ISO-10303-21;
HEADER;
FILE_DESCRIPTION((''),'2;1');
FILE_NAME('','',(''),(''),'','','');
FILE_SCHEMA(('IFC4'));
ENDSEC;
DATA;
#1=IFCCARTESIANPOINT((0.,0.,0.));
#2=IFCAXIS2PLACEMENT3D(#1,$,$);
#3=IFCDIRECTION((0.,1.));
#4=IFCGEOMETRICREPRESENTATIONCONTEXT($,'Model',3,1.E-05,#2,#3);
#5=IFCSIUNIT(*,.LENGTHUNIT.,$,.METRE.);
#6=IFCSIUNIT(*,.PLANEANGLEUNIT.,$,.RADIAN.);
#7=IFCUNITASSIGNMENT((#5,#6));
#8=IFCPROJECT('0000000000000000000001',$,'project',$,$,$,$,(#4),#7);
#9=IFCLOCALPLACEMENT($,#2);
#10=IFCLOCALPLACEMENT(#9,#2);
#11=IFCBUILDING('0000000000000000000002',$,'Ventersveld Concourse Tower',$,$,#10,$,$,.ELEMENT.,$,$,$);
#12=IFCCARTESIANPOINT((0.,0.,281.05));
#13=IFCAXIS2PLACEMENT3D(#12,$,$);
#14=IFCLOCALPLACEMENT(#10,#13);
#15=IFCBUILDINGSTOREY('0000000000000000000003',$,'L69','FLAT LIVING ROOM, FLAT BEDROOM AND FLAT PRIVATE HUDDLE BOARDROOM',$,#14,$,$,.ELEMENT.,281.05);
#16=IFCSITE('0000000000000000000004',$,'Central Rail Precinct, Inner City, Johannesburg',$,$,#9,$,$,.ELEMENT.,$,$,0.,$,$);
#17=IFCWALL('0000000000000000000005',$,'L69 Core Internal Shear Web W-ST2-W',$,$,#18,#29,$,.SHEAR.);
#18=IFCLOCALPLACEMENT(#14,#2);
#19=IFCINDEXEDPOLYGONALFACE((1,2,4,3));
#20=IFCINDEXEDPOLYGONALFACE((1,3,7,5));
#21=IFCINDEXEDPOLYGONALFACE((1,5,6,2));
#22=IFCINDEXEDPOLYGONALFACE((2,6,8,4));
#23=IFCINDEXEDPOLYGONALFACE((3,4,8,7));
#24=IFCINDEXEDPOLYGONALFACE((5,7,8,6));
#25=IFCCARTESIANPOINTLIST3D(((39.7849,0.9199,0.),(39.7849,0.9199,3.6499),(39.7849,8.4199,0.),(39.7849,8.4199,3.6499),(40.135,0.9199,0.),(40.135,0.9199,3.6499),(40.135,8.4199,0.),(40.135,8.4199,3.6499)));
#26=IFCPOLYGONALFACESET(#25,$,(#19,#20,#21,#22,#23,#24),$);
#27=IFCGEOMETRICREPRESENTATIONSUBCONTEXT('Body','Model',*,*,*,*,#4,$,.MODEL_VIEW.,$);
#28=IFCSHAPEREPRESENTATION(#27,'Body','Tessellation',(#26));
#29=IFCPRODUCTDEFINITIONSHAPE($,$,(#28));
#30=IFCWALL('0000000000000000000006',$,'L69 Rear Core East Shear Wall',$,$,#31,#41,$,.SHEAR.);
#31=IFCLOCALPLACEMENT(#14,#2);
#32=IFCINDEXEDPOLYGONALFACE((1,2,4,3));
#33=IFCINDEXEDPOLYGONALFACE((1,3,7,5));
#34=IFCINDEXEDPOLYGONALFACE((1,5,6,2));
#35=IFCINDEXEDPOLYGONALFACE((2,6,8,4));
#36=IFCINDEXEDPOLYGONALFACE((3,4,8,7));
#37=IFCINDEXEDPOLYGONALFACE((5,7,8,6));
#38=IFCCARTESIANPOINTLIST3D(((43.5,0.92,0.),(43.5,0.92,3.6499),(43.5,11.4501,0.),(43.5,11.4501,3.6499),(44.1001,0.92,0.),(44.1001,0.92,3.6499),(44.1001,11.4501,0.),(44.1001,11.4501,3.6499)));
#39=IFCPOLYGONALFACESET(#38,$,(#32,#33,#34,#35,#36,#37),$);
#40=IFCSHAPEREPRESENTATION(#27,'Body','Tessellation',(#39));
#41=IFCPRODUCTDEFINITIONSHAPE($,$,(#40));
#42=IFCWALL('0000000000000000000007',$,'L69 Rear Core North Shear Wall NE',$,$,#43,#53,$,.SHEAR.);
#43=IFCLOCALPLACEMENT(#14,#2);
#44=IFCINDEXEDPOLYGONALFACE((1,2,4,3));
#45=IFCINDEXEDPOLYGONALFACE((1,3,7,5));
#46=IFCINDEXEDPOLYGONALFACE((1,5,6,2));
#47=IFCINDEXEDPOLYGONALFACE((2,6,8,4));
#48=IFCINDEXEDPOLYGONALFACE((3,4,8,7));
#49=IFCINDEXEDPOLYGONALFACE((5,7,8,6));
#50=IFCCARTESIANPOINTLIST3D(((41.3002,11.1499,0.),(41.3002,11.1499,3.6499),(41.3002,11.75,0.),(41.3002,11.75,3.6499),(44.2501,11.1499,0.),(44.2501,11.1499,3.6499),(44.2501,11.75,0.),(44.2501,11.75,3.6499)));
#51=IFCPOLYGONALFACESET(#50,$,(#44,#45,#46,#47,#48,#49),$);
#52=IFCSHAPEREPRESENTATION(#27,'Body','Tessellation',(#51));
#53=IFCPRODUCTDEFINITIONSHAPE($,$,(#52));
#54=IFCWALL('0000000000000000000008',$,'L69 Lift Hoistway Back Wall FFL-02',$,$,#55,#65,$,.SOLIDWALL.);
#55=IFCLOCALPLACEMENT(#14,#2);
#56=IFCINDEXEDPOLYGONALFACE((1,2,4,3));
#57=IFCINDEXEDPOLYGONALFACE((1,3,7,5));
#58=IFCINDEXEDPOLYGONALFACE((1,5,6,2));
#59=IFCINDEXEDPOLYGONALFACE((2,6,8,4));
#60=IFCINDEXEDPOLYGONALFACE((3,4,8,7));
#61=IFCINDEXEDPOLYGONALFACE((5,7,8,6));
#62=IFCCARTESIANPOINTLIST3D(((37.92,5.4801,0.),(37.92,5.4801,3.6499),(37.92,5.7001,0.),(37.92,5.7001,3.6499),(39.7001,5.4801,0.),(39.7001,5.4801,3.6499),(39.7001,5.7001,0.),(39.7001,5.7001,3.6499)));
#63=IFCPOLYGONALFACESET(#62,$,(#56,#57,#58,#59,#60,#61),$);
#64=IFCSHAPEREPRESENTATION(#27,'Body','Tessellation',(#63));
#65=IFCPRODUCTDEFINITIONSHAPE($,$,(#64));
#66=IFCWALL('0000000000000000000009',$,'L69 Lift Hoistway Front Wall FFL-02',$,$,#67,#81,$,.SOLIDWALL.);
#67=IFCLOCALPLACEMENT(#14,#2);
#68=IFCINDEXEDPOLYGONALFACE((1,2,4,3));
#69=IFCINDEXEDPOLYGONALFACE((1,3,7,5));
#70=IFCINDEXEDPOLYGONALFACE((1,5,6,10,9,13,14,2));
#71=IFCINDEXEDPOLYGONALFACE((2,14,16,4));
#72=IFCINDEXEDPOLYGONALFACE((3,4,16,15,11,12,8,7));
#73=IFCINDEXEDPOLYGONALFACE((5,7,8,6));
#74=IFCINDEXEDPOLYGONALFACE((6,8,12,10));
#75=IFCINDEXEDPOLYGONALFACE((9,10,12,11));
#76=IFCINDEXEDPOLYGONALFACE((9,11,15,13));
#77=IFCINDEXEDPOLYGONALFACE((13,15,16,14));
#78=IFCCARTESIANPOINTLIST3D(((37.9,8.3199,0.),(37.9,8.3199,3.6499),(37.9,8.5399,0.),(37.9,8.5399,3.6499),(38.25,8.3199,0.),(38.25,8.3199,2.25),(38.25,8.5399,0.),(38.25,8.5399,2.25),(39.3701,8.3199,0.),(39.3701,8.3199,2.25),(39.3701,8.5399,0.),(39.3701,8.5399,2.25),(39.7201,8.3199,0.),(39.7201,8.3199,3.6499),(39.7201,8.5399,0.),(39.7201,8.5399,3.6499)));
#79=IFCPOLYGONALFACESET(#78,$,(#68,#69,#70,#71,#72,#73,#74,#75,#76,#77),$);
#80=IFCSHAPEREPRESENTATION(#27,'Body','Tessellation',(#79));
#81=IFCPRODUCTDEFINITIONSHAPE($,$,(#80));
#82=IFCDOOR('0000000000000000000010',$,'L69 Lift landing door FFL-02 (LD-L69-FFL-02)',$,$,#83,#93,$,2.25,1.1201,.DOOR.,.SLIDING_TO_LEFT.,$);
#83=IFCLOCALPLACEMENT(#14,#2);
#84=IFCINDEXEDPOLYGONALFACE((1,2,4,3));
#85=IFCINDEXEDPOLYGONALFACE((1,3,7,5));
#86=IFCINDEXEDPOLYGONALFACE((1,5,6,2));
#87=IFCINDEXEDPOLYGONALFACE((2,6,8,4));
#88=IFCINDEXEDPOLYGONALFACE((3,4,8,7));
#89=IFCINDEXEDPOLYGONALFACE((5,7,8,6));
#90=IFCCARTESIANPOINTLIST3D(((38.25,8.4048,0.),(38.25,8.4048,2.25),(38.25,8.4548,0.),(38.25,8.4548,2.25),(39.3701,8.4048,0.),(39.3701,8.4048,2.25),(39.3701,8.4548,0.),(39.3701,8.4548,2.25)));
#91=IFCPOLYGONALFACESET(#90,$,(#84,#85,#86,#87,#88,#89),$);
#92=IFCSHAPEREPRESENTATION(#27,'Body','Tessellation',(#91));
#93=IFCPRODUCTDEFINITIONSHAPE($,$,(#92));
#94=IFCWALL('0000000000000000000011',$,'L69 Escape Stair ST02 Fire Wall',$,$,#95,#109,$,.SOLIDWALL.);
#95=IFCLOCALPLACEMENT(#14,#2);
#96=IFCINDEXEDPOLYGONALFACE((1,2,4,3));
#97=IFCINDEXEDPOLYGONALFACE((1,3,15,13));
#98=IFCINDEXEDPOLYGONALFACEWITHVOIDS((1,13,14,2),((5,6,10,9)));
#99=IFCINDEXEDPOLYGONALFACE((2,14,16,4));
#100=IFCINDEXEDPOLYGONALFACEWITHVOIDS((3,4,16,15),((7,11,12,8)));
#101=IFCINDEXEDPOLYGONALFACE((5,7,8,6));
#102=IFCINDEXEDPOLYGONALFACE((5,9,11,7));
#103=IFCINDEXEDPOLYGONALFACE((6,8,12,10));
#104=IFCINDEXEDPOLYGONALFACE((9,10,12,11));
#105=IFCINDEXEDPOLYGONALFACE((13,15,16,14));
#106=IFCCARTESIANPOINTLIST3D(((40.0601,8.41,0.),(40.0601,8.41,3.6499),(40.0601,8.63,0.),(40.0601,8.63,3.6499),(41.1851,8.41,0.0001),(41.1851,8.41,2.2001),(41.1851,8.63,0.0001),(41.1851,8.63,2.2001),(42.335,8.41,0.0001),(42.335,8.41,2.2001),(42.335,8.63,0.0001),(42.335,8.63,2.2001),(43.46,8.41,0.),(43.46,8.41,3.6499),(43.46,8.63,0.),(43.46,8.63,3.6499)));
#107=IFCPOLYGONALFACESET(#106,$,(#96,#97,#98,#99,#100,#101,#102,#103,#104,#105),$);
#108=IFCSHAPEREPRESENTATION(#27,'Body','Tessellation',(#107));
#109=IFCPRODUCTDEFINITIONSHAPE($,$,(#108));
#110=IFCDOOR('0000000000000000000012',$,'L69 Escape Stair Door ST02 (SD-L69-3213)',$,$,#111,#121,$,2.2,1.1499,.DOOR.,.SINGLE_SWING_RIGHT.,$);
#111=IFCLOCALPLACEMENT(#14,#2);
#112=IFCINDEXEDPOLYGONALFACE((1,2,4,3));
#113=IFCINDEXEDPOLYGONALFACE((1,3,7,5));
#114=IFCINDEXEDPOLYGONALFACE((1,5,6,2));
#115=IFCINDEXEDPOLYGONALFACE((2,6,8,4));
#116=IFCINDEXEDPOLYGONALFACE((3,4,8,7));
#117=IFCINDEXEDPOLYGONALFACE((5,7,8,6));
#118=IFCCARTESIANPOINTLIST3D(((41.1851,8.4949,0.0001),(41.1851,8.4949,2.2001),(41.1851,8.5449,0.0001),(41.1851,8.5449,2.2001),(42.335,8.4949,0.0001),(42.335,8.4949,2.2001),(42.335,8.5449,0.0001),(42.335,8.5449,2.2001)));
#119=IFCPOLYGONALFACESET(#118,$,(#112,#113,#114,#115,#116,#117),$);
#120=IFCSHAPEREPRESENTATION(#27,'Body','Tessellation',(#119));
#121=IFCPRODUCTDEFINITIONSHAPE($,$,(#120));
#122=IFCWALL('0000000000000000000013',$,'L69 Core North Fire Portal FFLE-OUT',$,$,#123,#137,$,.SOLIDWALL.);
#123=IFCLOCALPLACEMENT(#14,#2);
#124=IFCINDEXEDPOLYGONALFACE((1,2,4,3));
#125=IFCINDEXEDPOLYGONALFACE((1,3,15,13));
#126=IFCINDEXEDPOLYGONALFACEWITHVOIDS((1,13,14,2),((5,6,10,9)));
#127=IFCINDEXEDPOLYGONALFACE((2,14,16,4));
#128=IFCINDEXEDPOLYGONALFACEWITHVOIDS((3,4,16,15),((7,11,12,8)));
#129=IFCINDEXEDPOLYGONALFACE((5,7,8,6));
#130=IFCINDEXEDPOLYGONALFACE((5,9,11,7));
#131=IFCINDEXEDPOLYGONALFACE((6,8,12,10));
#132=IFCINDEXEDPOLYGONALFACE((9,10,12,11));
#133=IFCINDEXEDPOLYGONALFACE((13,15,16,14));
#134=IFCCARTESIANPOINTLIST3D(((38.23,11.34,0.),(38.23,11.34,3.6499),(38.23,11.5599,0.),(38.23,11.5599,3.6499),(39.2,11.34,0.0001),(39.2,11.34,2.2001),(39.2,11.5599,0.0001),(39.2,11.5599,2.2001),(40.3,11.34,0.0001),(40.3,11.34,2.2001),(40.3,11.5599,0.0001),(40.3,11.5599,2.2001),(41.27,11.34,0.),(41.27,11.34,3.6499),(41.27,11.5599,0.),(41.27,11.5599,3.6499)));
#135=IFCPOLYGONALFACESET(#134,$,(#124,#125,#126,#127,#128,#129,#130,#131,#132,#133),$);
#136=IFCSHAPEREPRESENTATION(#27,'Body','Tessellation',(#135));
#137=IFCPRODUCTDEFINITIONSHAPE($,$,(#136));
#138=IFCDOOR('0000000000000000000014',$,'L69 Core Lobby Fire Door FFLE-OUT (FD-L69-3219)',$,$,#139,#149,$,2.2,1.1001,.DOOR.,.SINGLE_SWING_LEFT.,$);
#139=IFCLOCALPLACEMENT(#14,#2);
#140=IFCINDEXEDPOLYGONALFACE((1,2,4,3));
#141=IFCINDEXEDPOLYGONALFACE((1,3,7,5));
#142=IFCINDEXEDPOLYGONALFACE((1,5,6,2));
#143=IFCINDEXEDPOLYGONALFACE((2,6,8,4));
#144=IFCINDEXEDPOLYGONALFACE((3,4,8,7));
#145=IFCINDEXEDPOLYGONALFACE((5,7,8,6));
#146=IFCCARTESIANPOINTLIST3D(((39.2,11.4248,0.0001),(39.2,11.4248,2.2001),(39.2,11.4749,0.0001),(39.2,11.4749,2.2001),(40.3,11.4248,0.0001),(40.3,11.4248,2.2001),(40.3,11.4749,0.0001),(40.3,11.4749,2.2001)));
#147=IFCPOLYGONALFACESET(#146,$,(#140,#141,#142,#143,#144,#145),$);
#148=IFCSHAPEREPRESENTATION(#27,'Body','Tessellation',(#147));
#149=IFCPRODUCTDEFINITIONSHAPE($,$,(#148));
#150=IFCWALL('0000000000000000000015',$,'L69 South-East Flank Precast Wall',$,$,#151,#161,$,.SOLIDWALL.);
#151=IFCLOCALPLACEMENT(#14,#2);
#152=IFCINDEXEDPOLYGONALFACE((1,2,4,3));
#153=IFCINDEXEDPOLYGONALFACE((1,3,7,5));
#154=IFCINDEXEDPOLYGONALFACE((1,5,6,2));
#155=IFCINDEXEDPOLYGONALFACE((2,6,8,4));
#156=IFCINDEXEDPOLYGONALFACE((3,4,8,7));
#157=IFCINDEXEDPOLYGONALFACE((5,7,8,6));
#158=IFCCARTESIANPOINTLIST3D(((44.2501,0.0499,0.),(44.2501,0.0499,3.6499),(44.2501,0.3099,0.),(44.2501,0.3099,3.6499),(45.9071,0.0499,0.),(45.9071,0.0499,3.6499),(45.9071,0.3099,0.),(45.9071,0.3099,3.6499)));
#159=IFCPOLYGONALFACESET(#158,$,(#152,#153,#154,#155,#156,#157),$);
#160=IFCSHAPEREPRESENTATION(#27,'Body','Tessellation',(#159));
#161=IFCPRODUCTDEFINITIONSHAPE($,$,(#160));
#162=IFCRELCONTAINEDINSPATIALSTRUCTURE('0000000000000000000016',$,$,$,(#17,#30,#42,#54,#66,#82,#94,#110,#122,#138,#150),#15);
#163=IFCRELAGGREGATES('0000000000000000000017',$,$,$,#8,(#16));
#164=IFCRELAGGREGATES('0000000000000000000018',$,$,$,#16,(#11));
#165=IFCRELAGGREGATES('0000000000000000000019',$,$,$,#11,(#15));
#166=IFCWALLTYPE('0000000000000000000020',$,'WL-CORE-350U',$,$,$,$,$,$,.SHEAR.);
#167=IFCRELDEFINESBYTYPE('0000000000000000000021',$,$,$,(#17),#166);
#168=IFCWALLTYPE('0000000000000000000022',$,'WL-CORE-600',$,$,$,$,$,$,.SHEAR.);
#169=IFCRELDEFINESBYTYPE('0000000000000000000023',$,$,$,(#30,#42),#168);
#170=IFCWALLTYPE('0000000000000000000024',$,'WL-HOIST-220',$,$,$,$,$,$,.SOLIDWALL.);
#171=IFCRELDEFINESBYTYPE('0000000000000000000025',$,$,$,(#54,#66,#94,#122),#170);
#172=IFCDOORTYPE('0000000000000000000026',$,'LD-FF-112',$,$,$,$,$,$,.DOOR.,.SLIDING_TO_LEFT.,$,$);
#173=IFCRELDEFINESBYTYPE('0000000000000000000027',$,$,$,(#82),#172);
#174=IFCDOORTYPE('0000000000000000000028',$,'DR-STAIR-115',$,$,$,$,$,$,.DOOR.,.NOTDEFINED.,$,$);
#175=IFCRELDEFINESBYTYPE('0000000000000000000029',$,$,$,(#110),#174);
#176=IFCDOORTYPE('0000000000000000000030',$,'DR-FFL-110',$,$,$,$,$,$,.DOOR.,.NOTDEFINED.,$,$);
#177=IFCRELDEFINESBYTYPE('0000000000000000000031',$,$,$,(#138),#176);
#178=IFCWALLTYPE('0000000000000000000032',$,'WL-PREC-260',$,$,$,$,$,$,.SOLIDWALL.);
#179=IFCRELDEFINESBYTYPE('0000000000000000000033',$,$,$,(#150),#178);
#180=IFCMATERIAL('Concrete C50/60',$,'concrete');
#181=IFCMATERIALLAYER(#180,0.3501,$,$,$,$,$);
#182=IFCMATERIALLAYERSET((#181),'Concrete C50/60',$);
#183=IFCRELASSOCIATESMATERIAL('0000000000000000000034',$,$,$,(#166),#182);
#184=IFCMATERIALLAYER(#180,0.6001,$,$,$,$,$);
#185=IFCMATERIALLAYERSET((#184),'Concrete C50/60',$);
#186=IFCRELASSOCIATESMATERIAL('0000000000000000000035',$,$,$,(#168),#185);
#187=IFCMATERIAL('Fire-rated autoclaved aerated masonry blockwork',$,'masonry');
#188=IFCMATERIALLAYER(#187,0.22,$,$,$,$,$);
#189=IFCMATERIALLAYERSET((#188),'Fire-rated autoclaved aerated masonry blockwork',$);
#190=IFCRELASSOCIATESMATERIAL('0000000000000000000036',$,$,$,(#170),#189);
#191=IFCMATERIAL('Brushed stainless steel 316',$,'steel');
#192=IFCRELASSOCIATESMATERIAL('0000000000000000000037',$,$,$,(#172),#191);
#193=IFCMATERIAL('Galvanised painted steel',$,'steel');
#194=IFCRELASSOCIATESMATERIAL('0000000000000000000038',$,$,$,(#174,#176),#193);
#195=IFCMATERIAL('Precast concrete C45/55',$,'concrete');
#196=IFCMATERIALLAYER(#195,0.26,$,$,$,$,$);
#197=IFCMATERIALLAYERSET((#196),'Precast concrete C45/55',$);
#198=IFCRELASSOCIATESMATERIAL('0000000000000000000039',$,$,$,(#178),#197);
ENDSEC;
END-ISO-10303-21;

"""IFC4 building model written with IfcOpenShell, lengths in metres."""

from ifc_helpers import new_model, si_unit, direction, frame, frame_2d, origin, place, context, subcontext, project, spatial, rectangle, extrude, material, layer, layer_set, type_object, element, fill, save


model = new_model("IFC4")

# Units and contexts
model_context = context("Model", 3, precision=1e-05, world=origin(), true_north=direction((0.0, 1.0)))
body_context = subcontext(model_context, "Body", "Model", "MODEL_VIEW")
ifc_project = project(units=[si_unit("LENGTHUNIT", "METRE"), si_unit("PLANEANGLEUNIT", "RADIAN")], contexts=[model_context])

# Site, building, storey
site_placement = place(None, origin())
site = spatial("IfcSite", under=ifc_project, at=site_placement, Name="Central Rail Precinct, Inner City, Johannesburg", CompositionType="ELEMENT", RefElevation=0.0)
building_placement = place(site_placement, origin())
building = spatial("IfcBuilding", under=site, at=building_placement, Name="Ventersveld Concourse Tower", CompositionType="ELEMENT")
storey_placement = place(building_placement, frame((0.0, 0.0, 281.05)))
storey = spatial("IfcBuildingStorey", under=building, at=storey_placement, Name="L69", Description="FLAT LIVING ROOM, FLAT BEDROOM AND FLAT PRIVATE HUDDLE BOARDROOM", CompositionType="ELEMENT", Elevation=281.05)

# Shared definitions
ifc_material_1 = material(Name="Concrete C50/60", Category="concrete")

# Walls
ifc_layer_1 = layer(ifc_material_1, 0.3501)
ifc_layer_set_1 = layer_set([ifc_layer_1], Name="Concrete C50/60")
wall_type_1 = type_object("IfcWallType", Name="WL-CORE-350U", PredefinedType="SHEAR", material=ifc_layer_set_1)
wall_1_placement = place(storey_placement, frame((39.96, 0.9199, 0.0), z_axis=(0.0, 0.0, 1.0), x_axis=(0.0, 1.0, 0.0)))
element("IfcWall", 1, at=wall_1_placement, inside=storey, type_object=wall_type_1, Name="L69 Core Internal Shear Web W-ST2-W", PredefinedType="SHEAR", context=body_context, shape_type="SweptSolid", body=[
    extrude(rectangle(XDim=7.5, YDim=0.3501, at=frame_2d((3.75, 0.0))), origin(), (0.0, 0.0, 1.0), 3.6499),
])
ifc_layer_2 = layer(ifc_material_1, 0.6001)
ifc_layer_set_2 = layer_set([ifc_layer_2], Name="Concrete C50/60")
wall_type_2 = type_object("IfcWallType", Name="WL-CORE-600", PredefinedType="SHEAR", material=ifc_layer_set_2)
wall_2_placement = place(storey_placement, frame((43.8, 0.9199, 0.0), z_axis=(0.0, 0.0, 1.0), x_axis=(0.0, 1.0, 0.0)))
element("IfcWall", 2, at=wall_2_placement, inside=storey, type_object=wall_type_2, Name="L69 Rear Core East Shear Wall", PredefinedType="SHEAR", context=body_context, shape_type="SweptSolid", body=[
    extrude(rectangle(XDim=10.53, YDim=0.6001, at=frame_2d((5.2651, 0.0))), origin(), (0.0, 0.0, 1.0), 3.6499),
])
wall_3_placement = place(storey_placement, frame((41.3, 11.45, 0.0), z_axis=(0.0, 0.0, 1.0), x_axis=(1.0, 0.0, 0.0)))
element("IfcWall", 3, at=wall_3_placement, inside=storey, type_object=wall_type_2, Name="L69 Rear Core North Shear Wall NE", PredefinedType="SHEAR", context=body_context, shape_type="SweptSolid", body=[
    extrude(rectangle(XDim=2.95, YDim=0.6001, at=frame_2d((1.4751, 0.0))), origin(), (0.0, 0.0, 1.0), 3.6499),
])
ifc_material_2 = material(Name="Fire-rated autoclaved aerated masonry blockwork", Category="masonry")
ifc_layer_3 = layer(ifc_material_2, 0.22)
ifc_layer_set_3 = layer_set([ifc_layer_3], Name="Fire-rated autoclaved aerated masonry blockwork")
wall_type_3 = type_object("IfcWallType", Name="WL-HOIST-220", PredefinedType="SOLIDWALL", material=ifc_layer_set_3)
wall_4_placement = place(storey_placement, frame((37.9199, 5.5901, 0.0), z_axis=(0.0, 0.0, 1.0), x_axis=(1.0, 0.0, 0.0)))
element("IfcWall", 4, at=wall_4_placement, inside=storey, type_object=wall_type_3, Name="L69 Lift Hoistway Back Wall FFL-02", PredefinedType="SOLIDWALL", context=body_context, shape_type="SweptSolid", body=[
    extrude(rectangle(XDim=1.78, YDim=0.22, at=frame_2d((0.8901, 0.0))), origin(), (0.0, 0.0, 1.0), 3.6499),
])

# Walls, openings, doors
wall_5_placement = place(storey_placement, frame((37.8999, 8.4299, 0.0), z_axis=(0.0, 0.0, 1.0), x_axis=(1.0, 0.0, 0.0)))
wall_5 = element("IfcWall", 5, at=wall_5_placement, inside=storey, type_object=wall_type_3, Name="L69 Lift Hoistway Front Wall FFL-02", PredefinedType="SOLIDWALL", context=body_context, shape_type="SweptSolid", body=[
    extrude(rectangle(XDim=1.8201, YDim=0.22, at=frame_2d((0.9102, 0.0))), origin(), (0.0, 0.0, 1.0), 3.6499),
])
opening_1_placement = place(wall_5_placement, frame((0.3501, 0.0, 0.0)))
opening_1 = element("IfcOpeningElement", 6, at=opening_1_placement, cuts=wall_5, PredefinedType="OPENING", context=body_context, shape_type="SweptSolid", body=[
    extrude(rectangle(XDim=1.1201, YDim=2.25, at=frame_2d((0.5601, 1.125))), frame((0.0, 0.1201, 0.0), z_axis=(0.0, -1.0, 0.0), x_axis=(1.0, 0.0, 0.0)), (0.0, 0.0, 1.0), 0.24),
])
ifc_material_3 = material(Name="Brushed stainless steel 316", Category="steel")
door_type_1 = type_object("IfcDoorType", Name="LD-FF-112", OperationType="SLIDING_TO_LEFT", PredefinedType="DOOR", material=ifc_material_3)
door_1_placement = place(opening_1_placement, origin())
door_1 = element("IfcDoor", 7, at=door_1_placement, inside=storey, type_object=door_type_1, Name="L69 Lift landing door FFL-02 (LD-L69-FFL-02)", OperationType="SLIDING_TO_LEFT", OverallHeight=2.25, OverallWidth=1.1201, PredefinedType="DOOR", context=body_context, shape_type="SweptSolid", body=[
    extrude(rectangle(XDim=1.1201, YDim=2.25, at=frame_2d((0.5601, 1.125))), frame((0.0, 0.0249, 0.0), z_axis=(0.0, -1.0, 0.0), x_axis=(1.0, 0.0, 0.0)), (0.0, 0.0, 1.0), 0.05),
])
fill(opening_1, door_1)
wall_6_placement = place(storey_placement, frame((40.0601, 8.52, 0.0), z_axis=(0.0, 0.0, 1.0), x_axis=(1.0, 0.0, 0.0)))
wall_6 = element("IfcWall", 8, at=wall_6_placement, inside=storey, type_object=wall_type_3, Name="L69 Escape Stair ST02 Fire Wall", PredefinedType="SOLIDWALL", context=body_context, shape_type="SweptSolid", body=[
    extrude(rectangle(XDim=3.3999, YDim=0.22, at=frame_2d((1.7, 0.0))), origin(), (0.0, 0.0, 1.0), 3.6499),
])
opening_2_placement = place(wall_6_placement, frame((1.125, 0.0, 0.0)))
opening_2 = element("IfcOpeningElement", 9, at=opening_2_placement, cuts=wall_6, PredefinedType="OPENING", context=body_context, shape_type="SweptSolid", body=[
    extrude(rectangle(XDim=1.1499, YDim=2.2, at=frame_2d((0.575, 1.1001))), frame((0.0, 0.1201, 0.0), z_axis=(0.0, -1.0, 0.0), x_axis=(1.0, 0.0, 0.0)), (0.0, 0.0, 1.0), 0.24),
])
ifc_material_4 = material(Name="Galvanised painted steel", Category="steel")
door_type_2 = type_object("IfcDoorType", Name="DR-STAIR-115", OperationType="NOTDEFINED", PredefinedType="DOOR", material=ifc_material_4)
door_2_placement = place(opening_2_placement, origin())
door_2 = element("IfcDoor", 10, at=door_2_placement, inside=storey, type_object=door_type_2, Name="L69 Escape Stair Door ST02 (SD-L69-3213)", OperationType="SINGLE_SWING_RIGHT", OverallHeight=2.2, OverallWidth=1.1499, PredefinedType="DOOR", context=body_context, shape_type="SweptSolid", body=[
    extrude(rectangle(XDim=1.1499, YDim=2.2, at=frame_2d((0.575, 1.1001))), frame((0.0, 0.0249, 0.0), z_axis=(0.0, -1.0, 0.0), x_axis=(1.0, 0.0, 0.0)), (0.0, 0.0, 1.0), 0.05),
])
fill(opening_2, door_2)
wall_7_placement = place(storey_placement, frame((38.23, 11.45, 0.0), z_axis=(0.0, 0.0, 1.0), x_axis=(1.0, 0.0, 0.0)))
wall_7 = element("IfcWall", 11, at=wall_7_placement, inside=storey, type_object=wall_type_3, Name="L69 Core North Fire Portal FFLE-OUT", PredefinedType="SOLIDWALL", context=body_context, shape_type="SweptSolid", body=[
    extrude(rectangle(XDim=3.04, YDim=0.22, at=frame_2d((1.52, 0.0))), origin(), (0.0, 0.0, 1.0), 3.6499),
])
opening_3_placement = place(wall_7_placement, frame((0.97, 0.0, 0.0)))
opening_3 = element("IfcOpeningElement", 12, at=opening_3_placement, cuts=wall_7, PredefinedType="OPENING", context=body_context, shape_type="SweptSolid", body=[
    extrude(rectangle(XDim=1.1001, YDim=2.2, at=frame_2d((0.55, 1.1001))), frame((0.0, 0.1201, 0.0), z_axis=(0.0, -1.0, 0.0), x_axis=(1.0, 0.0, 0.0)), (0.0, 0.0, 1.0), 0.24),
])
door_type_3 = type_object("IfcDoorType", Name="DR-FFL-110", OperationType="NOTDEFINED", PredefinedType="DOOR", material=ifc_material_4)
door_3_placement = place(opening_3_placement, origin())
door_3 = element("IfcDoor", 13, at=door_3_placement, inside=storey, type_object=door_type_3, Name="L69 Core Lobby Fire Door FFLE-OUT (FD-L69-3219)", OperationType="SINGLE_SWING_LEFT", OverallHeight=2.2, OverallWidth=1.1001, PredefinedType="DOOR", context=body_context, shape_type="SweptSolid", body=[
    extrude(rectangle(XDim=1.1001, YDim=2.2, at=frame_2d((0.55, 1.1001))), frame((0.0, 0.0249, 0.0), z_axis=(0.0, -1.0, 0.0), x_axis=(1.0, 0.0, 0.0)), (0.0, 0.0, 1.0), 0.05),
])
fill(opening_3, door_3)

# Wall
ifc_material_5 = material(Name="Precast concrete C45/55", Category="concrete")
ifc_layer_4 = layer(ifc_material_5, 0.26)
ifc_layer_set_4 = layer_set([ifc_layer_4], Name="Precast concrete C45/55")
wall_type_4 = type_object("IfcWallType", Name="WL-PREC-260", PredefinedType="SOLIDWALL", material=ifc_layer_set_4)
wall_8_placement = place(storey_placement, frame((44.25, 0.1799, 0.0), z_axis=(0.0, 0.0, 1.0), x_axis=(1.0, 0.0, 0.0)))
element("IfcWall", 14, at=wall_8_placement, inside=storey, type_object=wall_type_4, Name="L69 South-East Flank Precast Wall", PredefinedType="SOLIDWALL", context=body_context, shape_type="SweptSolid", body=[
    extrude(rectangle(XDim=1.657, YDim=0.26, at=frame_2d((0.8286, 0.0))), origin(), (0.0, 0.0, 1.0), 3.6499),
])

save(model, "model.ifc")
